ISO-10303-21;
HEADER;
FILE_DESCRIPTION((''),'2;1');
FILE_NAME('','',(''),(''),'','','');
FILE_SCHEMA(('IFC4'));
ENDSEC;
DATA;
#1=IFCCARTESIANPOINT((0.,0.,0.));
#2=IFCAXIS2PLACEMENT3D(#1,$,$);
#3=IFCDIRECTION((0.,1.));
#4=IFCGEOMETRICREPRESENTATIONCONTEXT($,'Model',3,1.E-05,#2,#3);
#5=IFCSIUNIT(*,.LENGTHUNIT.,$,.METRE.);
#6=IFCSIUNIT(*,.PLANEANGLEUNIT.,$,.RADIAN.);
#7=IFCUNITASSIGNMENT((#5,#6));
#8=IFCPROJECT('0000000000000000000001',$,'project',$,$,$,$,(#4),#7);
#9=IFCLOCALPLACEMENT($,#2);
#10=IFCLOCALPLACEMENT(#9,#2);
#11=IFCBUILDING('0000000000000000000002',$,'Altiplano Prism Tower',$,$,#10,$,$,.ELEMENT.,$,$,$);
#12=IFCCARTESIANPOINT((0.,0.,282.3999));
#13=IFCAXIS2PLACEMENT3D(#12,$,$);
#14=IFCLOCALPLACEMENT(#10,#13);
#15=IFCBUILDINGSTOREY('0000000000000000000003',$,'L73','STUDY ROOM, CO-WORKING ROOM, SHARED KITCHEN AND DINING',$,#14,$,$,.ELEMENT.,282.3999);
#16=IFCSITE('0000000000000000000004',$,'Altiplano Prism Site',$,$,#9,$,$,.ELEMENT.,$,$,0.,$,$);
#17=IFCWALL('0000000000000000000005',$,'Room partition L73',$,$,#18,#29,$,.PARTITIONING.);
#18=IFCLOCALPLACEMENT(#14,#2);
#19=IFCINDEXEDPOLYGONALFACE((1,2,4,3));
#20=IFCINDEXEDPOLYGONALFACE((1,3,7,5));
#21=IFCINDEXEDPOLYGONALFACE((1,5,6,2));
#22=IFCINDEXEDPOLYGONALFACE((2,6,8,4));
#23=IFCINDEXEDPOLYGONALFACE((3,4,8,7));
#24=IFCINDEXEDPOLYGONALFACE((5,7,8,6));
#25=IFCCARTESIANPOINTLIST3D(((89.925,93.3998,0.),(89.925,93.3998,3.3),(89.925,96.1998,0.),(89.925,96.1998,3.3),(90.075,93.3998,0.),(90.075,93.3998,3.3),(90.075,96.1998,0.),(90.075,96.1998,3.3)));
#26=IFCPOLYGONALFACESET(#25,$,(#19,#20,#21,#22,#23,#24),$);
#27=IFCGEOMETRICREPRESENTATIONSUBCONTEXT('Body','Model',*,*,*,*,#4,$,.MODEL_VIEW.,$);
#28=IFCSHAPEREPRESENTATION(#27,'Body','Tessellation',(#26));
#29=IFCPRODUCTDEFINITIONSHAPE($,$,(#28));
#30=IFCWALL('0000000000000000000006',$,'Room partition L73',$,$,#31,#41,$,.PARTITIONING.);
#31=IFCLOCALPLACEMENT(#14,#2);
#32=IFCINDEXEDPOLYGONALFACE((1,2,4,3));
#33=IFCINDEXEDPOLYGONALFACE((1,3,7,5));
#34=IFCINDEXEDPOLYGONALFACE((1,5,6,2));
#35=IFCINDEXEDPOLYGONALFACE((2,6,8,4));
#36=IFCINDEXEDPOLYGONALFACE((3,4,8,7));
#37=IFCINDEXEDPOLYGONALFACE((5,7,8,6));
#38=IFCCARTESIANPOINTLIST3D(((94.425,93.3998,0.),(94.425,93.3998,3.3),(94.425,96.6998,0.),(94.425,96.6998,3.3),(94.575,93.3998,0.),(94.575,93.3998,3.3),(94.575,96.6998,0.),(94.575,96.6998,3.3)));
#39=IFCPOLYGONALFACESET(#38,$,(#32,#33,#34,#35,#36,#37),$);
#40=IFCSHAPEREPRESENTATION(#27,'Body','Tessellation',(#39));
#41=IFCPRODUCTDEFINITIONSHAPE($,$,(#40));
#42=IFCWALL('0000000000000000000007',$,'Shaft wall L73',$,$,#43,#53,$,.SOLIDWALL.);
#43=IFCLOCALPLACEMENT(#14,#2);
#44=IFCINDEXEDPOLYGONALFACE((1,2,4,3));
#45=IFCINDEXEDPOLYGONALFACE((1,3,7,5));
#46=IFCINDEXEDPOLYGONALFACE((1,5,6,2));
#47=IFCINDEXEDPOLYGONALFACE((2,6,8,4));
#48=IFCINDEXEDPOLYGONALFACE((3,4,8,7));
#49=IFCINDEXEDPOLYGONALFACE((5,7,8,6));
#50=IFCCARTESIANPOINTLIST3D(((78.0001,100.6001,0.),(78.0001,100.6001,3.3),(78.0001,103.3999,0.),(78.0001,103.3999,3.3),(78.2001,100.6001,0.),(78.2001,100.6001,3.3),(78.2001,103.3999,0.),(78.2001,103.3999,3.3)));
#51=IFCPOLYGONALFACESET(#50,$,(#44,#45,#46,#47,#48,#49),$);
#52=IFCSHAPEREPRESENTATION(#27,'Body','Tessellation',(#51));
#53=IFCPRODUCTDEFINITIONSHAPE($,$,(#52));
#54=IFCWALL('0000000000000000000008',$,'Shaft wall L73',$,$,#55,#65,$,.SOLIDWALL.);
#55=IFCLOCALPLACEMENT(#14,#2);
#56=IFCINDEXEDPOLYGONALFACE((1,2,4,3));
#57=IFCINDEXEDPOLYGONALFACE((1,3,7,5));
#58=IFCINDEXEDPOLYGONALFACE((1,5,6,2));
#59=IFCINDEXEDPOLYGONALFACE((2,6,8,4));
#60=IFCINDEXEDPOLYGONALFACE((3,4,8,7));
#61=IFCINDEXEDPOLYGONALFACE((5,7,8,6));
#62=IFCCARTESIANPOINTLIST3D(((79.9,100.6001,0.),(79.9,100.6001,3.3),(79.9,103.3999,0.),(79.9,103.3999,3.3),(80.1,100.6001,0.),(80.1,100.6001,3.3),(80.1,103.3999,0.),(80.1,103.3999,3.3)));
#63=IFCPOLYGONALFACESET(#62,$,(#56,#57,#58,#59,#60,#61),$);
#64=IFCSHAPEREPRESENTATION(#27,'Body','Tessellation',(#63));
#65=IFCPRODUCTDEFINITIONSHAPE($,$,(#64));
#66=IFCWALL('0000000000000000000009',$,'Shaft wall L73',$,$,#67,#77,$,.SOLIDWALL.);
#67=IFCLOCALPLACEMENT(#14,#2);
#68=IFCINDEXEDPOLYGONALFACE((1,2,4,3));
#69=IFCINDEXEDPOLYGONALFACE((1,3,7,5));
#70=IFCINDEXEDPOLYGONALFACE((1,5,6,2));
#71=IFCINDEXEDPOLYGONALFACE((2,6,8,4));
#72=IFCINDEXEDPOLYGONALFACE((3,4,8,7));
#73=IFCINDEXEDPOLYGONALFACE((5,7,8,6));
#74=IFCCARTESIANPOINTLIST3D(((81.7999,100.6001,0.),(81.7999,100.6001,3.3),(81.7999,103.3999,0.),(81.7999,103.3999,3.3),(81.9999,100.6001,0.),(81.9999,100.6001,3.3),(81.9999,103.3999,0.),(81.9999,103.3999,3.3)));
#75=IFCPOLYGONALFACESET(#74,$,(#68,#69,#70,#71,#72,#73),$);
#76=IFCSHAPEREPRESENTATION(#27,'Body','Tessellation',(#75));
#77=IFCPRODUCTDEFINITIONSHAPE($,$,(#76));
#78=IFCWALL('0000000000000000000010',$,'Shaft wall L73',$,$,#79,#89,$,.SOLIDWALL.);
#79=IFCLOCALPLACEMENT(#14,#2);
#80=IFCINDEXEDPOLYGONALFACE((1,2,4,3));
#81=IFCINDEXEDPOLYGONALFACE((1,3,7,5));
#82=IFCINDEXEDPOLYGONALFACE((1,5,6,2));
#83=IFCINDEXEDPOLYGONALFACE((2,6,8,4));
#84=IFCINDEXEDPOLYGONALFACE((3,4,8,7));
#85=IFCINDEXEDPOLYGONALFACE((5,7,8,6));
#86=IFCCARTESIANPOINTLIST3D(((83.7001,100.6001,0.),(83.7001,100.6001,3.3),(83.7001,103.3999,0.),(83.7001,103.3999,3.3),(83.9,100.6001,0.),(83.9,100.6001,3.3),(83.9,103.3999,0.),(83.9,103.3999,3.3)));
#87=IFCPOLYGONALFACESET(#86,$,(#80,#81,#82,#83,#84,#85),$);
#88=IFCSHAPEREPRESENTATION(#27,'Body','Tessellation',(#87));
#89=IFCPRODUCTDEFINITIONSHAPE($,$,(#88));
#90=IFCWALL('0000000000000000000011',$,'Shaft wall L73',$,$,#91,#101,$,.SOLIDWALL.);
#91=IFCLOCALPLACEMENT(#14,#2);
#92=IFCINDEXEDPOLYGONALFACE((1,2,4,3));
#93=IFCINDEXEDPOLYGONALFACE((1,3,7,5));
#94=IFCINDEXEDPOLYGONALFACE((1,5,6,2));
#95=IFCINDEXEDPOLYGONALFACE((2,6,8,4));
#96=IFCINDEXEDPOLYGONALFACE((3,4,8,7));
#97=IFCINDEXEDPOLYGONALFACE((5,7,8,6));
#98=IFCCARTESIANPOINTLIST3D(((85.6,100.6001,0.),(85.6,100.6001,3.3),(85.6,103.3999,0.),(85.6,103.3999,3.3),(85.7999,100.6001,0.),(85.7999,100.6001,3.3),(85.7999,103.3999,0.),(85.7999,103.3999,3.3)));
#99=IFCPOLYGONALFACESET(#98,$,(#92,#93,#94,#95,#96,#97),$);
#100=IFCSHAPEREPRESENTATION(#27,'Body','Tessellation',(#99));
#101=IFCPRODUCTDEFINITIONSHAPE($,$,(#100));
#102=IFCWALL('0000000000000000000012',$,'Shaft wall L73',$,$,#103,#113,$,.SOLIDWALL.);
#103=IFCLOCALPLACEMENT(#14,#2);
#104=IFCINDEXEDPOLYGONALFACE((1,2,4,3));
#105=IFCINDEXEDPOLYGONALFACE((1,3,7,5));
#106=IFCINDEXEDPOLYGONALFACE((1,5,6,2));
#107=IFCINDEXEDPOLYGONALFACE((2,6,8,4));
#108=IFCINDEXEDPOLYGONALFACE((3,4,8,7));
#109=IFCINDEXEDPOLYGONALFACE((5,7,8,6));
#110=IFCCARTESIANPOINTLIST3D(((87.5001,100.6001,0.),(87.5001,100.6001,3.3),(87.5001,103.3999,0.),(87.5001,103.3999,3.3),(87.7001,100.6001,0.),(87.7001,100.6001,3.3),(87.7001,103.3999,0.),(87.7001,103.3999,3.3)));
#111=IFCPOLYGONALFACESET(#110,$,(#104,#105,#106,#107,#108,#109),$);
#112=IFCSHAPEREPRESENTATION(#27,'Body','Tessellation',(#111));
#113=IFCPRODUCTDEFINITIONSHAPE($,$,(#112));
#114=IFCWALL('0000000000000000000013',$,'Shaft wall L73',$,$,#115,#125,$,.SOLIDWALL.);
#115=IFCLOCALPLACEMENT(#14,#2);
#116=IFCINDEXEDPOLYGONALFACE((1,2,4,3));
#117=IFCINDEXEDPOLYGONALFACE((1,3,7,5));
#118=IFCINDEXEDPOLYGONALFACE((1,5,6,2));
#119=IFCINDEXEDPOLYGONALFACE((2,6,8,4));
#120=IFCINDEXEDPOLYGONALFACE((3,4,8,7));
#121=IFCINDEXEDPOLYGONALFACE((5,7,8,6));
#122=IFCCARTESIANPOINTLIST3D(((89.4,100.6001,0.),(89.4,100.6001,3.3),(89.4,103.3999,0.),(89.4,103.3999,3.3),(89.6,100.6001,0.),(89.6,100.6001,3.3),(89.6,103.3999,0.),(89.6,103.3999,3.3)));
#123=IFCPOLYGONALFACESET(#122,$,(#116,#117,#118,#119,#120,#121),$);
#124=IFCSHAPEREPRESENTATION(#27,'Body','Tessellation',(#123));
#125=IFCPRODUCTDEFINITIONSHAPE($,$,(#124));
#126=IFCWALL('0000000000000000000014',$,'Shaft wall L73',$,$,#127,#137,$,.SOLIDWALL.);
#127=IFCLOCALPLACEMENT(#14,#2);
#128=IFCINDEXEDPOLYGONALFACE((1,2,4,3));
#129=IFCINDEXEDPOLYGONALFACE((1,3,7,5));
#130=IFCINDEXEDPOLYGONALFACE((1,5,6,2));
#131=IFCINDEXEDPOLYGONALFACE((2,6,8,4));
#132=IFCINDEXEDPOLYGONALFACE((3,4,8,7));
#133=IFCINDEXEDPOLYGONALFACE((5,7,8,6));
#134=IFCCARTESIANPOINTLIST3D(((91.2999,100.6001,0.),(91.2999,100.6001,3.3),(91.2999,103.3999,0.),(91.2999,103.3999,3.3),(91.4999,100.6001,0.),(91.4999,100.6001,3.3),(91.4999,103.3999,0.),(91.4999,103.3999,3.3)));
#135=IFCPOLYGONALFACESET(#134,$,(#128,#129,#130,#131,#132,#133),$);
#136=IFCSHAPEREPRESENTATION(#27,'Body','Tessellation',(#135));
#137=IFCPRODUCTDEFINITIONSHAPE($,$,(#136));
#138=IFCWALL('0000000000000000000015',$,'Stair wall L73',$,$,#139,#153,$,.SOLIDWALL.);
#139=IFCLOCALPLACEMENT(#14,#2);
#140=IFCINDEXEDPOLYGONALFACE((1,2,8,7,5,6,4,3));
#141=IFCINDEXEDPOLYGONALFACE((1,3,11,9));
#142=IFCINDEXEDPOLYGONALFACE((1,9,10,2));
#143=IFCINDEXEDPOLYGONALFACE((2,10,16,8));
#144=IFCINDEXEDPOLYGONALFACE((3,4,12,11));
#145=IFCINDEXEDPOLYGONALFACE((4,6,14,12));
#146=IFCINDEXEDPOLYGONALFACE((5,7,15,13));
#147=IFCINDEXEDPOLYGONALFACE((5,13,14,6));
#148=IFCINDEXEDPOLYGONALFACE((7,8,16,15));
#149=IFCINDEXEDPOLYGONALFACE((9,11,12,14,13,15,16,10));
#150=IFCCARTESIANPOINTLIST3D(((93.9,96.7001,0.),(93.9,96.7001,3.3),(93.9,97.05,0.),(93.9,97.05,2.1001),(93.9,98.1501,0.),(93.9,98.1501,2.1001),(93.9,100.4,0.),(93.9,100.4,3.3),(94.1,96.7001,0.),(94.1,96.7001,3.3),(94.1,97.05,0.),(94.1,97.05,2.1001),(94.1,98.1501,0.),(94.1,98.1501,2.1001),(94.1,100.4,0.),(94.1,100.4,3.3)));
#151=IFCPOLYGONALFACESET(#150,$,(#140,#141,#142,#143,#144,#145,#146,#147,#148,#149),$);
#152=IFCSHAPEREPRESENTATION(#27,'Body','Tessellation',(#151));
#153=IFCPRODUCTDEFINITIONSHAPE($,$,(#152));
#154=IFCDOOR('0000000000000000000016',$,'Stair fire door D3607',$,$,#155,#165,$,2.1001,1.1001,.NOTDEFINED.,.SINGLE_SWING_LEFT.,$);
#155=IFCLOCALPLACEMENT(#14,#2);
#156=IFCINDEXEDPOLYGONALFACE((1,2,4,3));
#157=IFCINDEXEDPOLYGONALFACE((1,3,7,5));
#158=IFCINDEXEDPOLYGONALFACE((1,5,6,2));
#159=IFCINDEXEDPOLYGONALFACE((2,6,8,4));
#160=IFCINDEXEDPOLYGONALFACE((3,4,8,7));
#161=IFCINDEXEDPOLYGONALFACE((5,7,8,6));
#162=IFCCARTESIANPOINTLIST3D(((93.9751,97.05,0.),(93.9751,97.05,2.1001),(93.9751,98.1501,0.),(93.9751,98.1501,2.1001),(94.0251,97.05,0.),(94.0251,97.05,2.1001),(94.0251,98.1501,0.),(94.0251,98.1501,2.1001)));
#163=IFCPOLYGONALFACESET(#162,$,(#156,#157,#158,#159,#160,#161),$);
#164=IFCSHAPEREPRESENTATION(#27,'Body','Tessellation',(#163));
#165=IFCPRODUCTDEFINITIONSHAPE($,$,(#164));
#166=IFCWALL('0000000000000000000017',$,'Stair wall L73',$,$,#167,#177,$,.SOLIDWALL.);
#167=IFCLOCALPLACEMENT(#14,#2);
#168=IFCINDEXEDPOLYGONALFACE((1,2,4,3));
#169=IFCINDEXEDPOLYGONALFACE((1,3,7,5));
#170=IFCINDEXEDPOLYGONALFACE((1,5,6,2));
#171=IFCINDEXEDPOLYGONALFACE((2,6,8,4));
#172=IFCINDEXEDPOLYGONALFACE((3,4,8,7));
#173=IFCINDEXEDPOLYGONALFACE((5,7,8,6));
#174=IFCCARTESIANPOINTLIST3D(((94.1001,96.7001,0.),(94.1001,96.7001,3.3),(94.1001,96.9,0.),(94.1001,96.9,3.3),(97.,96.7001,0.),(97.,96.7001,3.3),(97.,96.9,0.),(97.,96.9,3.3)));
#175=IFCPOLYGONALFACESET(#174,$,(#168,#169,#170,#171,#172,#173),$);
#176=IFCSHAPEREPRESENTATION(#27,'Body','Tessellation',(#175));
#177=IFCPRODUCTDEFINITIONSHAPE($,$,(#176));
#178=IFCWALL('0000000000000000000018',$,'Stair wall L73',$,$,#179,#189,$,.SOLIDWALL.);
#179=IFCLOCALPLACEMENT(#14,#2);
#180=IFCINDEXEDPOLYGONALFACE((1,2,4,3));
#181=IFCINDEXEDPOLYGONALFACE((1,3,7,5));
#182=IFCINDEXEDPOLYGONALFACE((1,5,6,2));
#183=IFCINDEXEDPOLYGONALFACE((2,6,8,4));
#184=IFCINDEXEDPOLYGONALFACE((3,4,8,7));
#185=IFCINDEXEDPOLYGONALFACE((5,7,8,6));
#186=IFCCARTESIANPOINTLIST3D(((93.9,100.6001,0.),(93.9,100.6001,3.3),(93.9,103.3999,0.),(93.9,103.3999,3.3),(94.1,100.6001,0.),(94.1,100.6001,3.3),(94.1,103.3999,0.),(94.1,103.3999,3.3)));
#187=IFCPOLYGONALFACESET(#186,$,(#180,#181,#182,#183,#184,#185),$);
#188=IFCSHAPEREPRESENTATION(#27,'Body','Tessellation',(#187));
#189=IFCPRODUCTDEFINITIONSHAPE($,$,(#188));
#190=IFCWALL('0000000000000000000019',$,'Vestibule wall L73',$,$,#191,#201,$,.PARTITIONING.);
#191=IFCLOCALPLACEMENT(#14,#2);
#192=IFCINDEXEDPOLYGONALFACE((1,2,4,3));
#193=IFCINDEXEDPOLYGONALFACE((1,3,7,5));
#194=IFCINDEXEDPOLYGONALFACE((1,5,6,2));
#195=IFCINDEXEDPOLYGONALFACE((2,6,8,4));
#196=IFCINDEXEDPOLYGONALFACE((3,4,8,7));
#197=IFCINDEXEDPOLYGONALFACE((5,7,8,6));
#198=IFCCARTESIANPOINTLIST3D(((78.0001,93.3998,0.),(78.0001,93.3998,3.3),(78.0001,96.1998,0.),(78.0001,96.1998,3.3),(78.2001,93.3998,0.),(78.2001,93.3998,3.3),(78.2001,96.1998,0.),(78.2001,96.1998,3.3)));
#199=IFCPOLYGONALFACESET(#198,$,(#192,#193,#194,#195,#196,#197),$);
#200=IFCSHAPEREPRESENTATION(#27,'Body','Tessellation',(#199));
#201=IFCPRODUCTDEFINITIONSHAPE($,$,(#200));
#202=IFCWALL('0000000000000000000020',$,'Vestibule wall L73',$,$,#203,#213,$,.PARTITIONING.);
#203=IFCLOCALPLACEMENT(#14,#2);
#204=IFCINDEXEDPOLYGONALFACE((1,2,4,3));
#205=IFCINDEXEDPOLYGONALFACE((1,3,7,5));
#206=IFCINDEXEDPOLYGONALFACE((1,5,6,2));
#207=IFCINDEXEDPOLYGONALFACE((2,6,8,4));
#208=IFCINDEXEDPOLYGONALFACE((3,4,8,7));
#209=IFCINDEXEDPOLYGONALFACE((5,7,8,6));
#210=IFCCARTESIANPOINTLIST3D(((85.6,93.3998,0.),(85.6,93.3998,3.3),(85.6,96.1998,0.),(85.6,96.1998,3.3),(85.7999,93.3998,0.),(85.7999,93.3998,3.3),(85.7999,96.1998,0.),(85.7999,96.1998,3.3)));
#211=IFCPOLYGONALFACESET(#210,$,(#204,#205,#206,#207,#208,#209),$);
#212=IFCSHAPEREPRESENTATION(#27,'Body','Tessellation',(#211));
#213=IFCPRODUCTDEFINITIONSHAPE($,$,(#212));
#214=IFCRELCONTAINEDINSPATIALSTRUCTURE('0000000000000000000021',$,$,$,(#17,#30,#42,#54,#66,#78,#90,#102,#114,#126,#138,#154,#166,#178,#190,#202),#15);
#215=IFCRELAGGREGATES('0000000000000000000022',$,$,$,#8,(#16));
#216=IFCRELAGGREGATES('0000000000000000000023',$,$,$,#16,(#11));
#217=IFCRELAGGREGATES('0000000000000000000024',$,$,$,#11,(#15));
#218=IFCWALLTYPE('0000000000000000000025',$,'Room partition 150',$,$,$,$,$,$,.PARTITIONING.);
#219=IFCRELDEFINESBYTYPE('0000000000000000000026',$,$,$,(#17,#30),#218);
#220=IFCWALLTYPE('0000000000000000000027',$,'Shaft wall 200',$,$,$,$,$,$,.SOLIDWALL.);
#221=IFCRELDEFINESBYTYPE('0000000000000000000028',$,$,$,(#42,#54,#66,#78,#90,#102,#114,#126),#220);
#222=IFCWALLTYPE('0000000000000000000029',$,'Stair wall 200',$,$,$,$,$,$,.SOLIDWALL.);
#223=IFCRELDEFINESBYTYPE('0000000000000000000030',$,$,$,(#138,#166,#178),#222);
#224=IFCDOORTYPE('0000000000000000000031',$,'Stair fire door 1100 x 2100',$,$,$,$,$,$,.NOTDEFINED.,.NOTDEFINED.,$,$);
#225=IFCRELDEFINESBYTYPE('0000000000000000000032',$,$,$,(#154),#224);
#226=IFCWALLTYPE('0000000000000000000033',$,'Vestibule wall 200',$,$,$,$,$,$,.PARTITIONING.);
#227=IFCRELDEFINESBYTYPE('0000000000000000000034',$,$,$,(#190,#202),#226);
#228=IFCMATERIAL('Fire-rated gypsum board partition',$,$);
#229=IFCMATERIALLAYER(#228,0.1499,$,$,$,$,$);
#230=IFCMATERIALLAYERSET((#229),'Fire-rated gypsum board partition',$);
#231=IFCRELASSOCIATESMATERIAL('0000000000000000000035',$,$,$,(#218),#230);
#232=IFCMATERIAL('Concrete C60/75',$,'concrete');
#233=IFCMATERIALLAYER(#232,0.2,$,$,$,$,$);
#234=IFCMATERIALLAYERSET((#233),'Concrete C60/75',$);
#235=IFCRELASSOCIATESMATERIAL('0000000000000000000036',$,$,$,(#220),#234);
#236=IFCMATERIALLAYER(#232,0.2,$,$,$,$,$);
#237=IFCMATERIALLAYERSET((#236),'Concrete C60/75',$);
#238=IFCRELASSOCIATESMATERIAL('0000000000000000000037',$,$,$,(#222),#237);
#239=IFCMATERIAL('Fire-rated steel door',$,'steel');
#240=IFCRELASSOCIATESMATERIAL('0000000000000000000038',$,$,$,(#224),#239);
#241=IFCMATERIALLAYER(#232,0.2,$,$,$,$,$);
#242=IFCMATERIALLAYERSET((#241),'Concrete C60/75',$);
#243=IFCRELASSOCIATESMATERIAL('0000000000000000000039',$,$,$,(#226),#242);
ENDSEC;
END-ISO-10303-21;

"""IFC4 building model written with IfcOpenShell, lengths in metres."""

from ifc_helpers import new_model, si_unit, direction, frame, frame_2d, origin, place, context, subcontext, project, spatial, rectangle, extrude, material, layer, layer_set, type_object, element, fill, save


model = new_model("IFC4")

# Units and contexts
model_context = context("Model", 3, precision=1e-05, world=origin(), true_north=direction((0.0, 1.0)))
body_context = subcontext(model_context, "Body", "Model", "MODEL_VIEW")
ifc_project = project(units=[si_unit("LENGTHUNIT", "METRE"), si_unit("PLANEANGLEUNIT", "RADIAN")], contexts=[model_context])

# Site, building, storey
site_placement = place(None, origin())
site = spatial("IfcSite", under=ifc_project, at=site_placement, Name="Altiplano Prism Site", CompositionType="ELEMENT", RefElevation=0.0)
building_placement = place(site_placement, origin())
building = spatial("IfcBuilding", under=site, at=building_placement, Name="Altiplano Prism Tower", CompositionType="ELEMENT")
storey_placement = place(building_placement, frame((0.0, 0.0, 282.3999)))
storey = spatial("IfcBuildingStorey", under=building, at=storey_placement, Name="L73", Description="STUDY ROOM, CO-WORKING ROOM, SHARED KITCHEN AND DINING", CompositionType="ELEMENT", Elevation=282.3999)

# Walls
ifc_material_1 = material(Name="Fire-rated gypsum board partition")
ifc_layer_1 = layer(ifc_material_1, 0.1499)
ifc_layer_set_1 = layer_set([ifc_layer_1], Name="Fire-rated gypsum board partition")
wall_type_1 = type_object("IfcWallType", Name="Room partition 150", PredefinedType="PARTITIONING", material=ifc_layer_set_1)
wall_1_placement = place(storey_placement, frame((90.0, 93.3999, 0.0), z_axis=(0.0, 0.0, 1.0), x_axis=(0.0, 1.0, 0.0)))
element("IfcWall", 1, at=wall_1_placement, inside=storey, type_object=wall_type_1, Name="Room partition L73", PredefinedType="PARTITIONING", context=body_context, shape_type="SweptSolid", body=[
    extrude(rectangle(XDim=2.8, YDim=0.1499, at=frame_2d((1.3999, 0.0))), origin(), (0.0, 0.0, 1.0), 3.3),
])
wall_2_placement = place(storey_placement, frame((94.5, 93.3999, 0.0), z_axis=(0.0, 0.0, 1.0), x_axis=(0.0, 1.0, 0.0)))
element("IfcWall", 2, at=wall_2_placement, inside=storey, type_object=wall_type_1, Name="Room partition L73", PredefinedType="PARTITIONING", context=body_context, shape_type="SweptSolid", body=[
    extrude(rectangle(XDim=3.3, YDim=0.1499, at=frame_2d((1.6499, 0.0))), origin(), (0.0, 0.0, 1.0), 3.3),
])
ifc_material_2 = material(Name="Concrete C60/75", Category="concrete")
ifc_layer_2 = layer(ifc_material_2, 0.2)
ifc_layer_set_2 = layer_set([ifc_layer_2], Name="Concrete C60/75")
wall_type_2 = type_object("IfcWallType", Name="Shaft wall 200", PredefinedType="SOLIDWALL", material=ifc_layer_set_2)
for number, where, z_axis, x_axis, name in (
    (3, (78.1001, 100.6001, 0.0), (0.0, 0.0, 1.0), (0.0, 1.0, 0.0), "Shaft wall L73"),
    (4, (80.0, 100.6001, 0.0), (0.0, 0.0, 1.0), (0.0, 1.0, 0.0), "Shaft wall L73"),
    (5, (81.8999, 100.6001, 0.0), (0.0, 0.0, 1.0), (0.0, 1.0, 0.0), "Shaft wall L73"),
    (6, (83.8, 100.6001, 0.0), (0.0, 0.0, 1.0), (0.0, 1.0, 0.0), "Shaft wall L73"),
    (7, (85.7, 100.6001, 0.0), (0.0, 0.0, 1.0), (0.0, 1.0, 0.0), "Shaft wall L73"),
    (8, (87.6001, 100.6001, 0.0), (0.0, 0.0, 1.0), (0.0, 1.0, 0.0), "Shaft wall L73"),
    (9, (89.5, 100.6001, 0.0), (0.0, 0.0, 1.0), (0.0, 1.0, 0.0), "Shaft wall L73"),
    (10, (91.3999, 100.6001, 0.0), (0.0, 0.0, 1.0), (0.0, 1.0, 0.0), "Shaft wall L73"),
):
    element("IfcWall", number, at=place(storey_placement, frame(where, z_axis=z_axis, x_axis=x_axis)), inside=storey, type_object=wall_type_2, Name=name, PredefinedType="SOLIDWALL", context=body_context, shape_type="SweptSolid", body=[
        extrude(rectangle(XDim=2.7998, YDim=0.2, at=frame_2d((1.3999, 0.0))), origin(), (0.0, 0.0, 1.0), 3.3),
    ])

# Wall, opening, door
ifc_layer_3 = layer(ifc_material_2, 0.2)
ifc_layer_set_3 = layer_set([ifc_layer_3], Name="Concrete C60/75")
wall_type_3 = type_object("IfcWallType", Name="Stair wall 200", PredefinedType="SOLIDWALL", material=ifc_layer_set_3)
wall_3_placement = place(storey_placement, frame((94.0, 96.7, 0.0), z_axis=(0.0, 0.0, 1.0), x_axis=(0.0, 1.0, 0.0)))
wall_3 = element("IfcWall", 11, at=wall_3_placement, inside=storey, type_object=wall_type_3, Name="Stair wall L73", PredefinedType="SOLIDWALL", context=body_context, shape_type="SweptSolid", body=[
    extrude(rectangle(XDim=3.7, YDim=0.2, at=frame_2d((1.8501, 0.0))), origin(), (0.0, 0.0, 1.0), 3.3),
])
opening_1_placement = place(wall_3_placement, frame((0.3501, 0.0, 0.0)))
opening_1 = element("IfcOpeningElement", 12, at=opening_1_placement, cuts=wall_3, PredefinedType="OPENING", context=body_context, shape_type="SweptSolid", body=[
    extrude(rectangle(XDim=1.1001, YDim=2.1001, at=frame_2d((0.55, 1.05))), frame((0.0, 0.1104, 0.0), z_axis=(0.0, -1.0, 0.0), x_axis=(1.0, 0.0, 0.0)), (0.0, 0.0, 1.0), 0.2209),
])
ifc_material_3 = material(Name="Fire-rated steel door", Category="steel")
door_type_1 = type_object("IfcDoorType", Name="Stair fire door 1100 x 2100", OperationType="NOTDEFINED", PredefinedType="NOTDEFINED", material=ifc_material_3)
door_1_placement = place(opening_1_placement, origin())
door_1 = element("IfcDoor", 13, at=door_1_placement, inside=storey, type_object=door_type_1, Name="Stair fire door D3607", OperationType="SINGLE_SWING_LEFT", OverallHeight=2.1001, OverallWidth=1.1001, PredefinedType="NOTDEFINED", context=body_context, shape_type="SweptSolid", body=[
    extrude(rectangle(XDim=1.1001, YDim=2.1001, at=frame_2d((0.55, 1.05))), frame((0.0, 0.0249, 0.0), z_axis=(0.0, -1.0, 0.0), x_axis=(1.0, 0.0, 0.0)), (0.0, 0.0, 1.0), 0.05),
])
fill(opening_1, door_1)

# Walls
wall_4_placement = place(storey_placement, frame((94.1001, 96.8, 0.0), z_axis=(0.0, 0.0, 1.0), x_axis=(1.0, 0.0, 0.0)))
element("IfcWall", 14, at=wall_4_placement, inside=storey, type_object=wall_type_3, Name="Stair wall L73", PredefinedType="SOLIDWALL", context=body_context, shape_type="SweptSolid", body=[
    extrude(rectangle(XDim=2.8999, YDim=0.2, at=frame_2d((1.45, 0.0))), origin(), (0.0, 0.0, 1.0), 3.3),
])
wall_5_placement = place(storey_placement, frame((94.0, 100.6001, 0.0), z_axis=(0.0, 0.0, 1.0), x_axis=(0.0, 1.0, 0.0)))
element("IfcWall", 15, at=wall_5_placement, inside=storey, type_object=wall_type_3, Name="Stair wall L73", PredefinedType="SOLIDWALL", context=body_context, shape_type="SweptSolid", body=[
    extrude(rectangle(XDim=2.7998, YDim=0.2, at=frame_2d((1.3999, 0.0))), origin(), (0.0, 0.0, 1.0), 3.3),
])
ifc_layer_4 = layer(ifc_material_2, 0.2)
ifc_layer_set_4 = layer_set([ifc_layer_4], Name="Concrete C60/75")
wall_type_4 = type_object("IfcWallType", Name="Vestibule wall 200", PredefinedType="PARTITIONING", material=ifc_layer_set_4)
for number, where, z_axis, x_axis, name in (
    (16, (78.1001, 93.3999, 0.0), (0.0, 0.0, 1.0), (0.0, 1.0, 0.0), "Vestibule wall L73"),
    (17, (85.7, 93.3999, 0.0), (0.0, 0.0, 1.0), (0.0, 1.0, 0.0), "Vestibule wall L73"),
):
    element("IfcWall", number, at=place(storey_placement, frame(where, z_axis=z_axis, x_axis=x_axis)), inside=storey, type_object=wall_type_4, Name=name, PredefinedType="PARTITIONING", context=body_context, shape_type="SweptSolid", body=[
        extrude(rectangle(XDim=2.8, YDim=0.2, at=frame_2d((1.3999, 0.0))), origin(), (0.0, 0.0, 1.0), 3.3),
    ])

save(model, "model.ifc")
